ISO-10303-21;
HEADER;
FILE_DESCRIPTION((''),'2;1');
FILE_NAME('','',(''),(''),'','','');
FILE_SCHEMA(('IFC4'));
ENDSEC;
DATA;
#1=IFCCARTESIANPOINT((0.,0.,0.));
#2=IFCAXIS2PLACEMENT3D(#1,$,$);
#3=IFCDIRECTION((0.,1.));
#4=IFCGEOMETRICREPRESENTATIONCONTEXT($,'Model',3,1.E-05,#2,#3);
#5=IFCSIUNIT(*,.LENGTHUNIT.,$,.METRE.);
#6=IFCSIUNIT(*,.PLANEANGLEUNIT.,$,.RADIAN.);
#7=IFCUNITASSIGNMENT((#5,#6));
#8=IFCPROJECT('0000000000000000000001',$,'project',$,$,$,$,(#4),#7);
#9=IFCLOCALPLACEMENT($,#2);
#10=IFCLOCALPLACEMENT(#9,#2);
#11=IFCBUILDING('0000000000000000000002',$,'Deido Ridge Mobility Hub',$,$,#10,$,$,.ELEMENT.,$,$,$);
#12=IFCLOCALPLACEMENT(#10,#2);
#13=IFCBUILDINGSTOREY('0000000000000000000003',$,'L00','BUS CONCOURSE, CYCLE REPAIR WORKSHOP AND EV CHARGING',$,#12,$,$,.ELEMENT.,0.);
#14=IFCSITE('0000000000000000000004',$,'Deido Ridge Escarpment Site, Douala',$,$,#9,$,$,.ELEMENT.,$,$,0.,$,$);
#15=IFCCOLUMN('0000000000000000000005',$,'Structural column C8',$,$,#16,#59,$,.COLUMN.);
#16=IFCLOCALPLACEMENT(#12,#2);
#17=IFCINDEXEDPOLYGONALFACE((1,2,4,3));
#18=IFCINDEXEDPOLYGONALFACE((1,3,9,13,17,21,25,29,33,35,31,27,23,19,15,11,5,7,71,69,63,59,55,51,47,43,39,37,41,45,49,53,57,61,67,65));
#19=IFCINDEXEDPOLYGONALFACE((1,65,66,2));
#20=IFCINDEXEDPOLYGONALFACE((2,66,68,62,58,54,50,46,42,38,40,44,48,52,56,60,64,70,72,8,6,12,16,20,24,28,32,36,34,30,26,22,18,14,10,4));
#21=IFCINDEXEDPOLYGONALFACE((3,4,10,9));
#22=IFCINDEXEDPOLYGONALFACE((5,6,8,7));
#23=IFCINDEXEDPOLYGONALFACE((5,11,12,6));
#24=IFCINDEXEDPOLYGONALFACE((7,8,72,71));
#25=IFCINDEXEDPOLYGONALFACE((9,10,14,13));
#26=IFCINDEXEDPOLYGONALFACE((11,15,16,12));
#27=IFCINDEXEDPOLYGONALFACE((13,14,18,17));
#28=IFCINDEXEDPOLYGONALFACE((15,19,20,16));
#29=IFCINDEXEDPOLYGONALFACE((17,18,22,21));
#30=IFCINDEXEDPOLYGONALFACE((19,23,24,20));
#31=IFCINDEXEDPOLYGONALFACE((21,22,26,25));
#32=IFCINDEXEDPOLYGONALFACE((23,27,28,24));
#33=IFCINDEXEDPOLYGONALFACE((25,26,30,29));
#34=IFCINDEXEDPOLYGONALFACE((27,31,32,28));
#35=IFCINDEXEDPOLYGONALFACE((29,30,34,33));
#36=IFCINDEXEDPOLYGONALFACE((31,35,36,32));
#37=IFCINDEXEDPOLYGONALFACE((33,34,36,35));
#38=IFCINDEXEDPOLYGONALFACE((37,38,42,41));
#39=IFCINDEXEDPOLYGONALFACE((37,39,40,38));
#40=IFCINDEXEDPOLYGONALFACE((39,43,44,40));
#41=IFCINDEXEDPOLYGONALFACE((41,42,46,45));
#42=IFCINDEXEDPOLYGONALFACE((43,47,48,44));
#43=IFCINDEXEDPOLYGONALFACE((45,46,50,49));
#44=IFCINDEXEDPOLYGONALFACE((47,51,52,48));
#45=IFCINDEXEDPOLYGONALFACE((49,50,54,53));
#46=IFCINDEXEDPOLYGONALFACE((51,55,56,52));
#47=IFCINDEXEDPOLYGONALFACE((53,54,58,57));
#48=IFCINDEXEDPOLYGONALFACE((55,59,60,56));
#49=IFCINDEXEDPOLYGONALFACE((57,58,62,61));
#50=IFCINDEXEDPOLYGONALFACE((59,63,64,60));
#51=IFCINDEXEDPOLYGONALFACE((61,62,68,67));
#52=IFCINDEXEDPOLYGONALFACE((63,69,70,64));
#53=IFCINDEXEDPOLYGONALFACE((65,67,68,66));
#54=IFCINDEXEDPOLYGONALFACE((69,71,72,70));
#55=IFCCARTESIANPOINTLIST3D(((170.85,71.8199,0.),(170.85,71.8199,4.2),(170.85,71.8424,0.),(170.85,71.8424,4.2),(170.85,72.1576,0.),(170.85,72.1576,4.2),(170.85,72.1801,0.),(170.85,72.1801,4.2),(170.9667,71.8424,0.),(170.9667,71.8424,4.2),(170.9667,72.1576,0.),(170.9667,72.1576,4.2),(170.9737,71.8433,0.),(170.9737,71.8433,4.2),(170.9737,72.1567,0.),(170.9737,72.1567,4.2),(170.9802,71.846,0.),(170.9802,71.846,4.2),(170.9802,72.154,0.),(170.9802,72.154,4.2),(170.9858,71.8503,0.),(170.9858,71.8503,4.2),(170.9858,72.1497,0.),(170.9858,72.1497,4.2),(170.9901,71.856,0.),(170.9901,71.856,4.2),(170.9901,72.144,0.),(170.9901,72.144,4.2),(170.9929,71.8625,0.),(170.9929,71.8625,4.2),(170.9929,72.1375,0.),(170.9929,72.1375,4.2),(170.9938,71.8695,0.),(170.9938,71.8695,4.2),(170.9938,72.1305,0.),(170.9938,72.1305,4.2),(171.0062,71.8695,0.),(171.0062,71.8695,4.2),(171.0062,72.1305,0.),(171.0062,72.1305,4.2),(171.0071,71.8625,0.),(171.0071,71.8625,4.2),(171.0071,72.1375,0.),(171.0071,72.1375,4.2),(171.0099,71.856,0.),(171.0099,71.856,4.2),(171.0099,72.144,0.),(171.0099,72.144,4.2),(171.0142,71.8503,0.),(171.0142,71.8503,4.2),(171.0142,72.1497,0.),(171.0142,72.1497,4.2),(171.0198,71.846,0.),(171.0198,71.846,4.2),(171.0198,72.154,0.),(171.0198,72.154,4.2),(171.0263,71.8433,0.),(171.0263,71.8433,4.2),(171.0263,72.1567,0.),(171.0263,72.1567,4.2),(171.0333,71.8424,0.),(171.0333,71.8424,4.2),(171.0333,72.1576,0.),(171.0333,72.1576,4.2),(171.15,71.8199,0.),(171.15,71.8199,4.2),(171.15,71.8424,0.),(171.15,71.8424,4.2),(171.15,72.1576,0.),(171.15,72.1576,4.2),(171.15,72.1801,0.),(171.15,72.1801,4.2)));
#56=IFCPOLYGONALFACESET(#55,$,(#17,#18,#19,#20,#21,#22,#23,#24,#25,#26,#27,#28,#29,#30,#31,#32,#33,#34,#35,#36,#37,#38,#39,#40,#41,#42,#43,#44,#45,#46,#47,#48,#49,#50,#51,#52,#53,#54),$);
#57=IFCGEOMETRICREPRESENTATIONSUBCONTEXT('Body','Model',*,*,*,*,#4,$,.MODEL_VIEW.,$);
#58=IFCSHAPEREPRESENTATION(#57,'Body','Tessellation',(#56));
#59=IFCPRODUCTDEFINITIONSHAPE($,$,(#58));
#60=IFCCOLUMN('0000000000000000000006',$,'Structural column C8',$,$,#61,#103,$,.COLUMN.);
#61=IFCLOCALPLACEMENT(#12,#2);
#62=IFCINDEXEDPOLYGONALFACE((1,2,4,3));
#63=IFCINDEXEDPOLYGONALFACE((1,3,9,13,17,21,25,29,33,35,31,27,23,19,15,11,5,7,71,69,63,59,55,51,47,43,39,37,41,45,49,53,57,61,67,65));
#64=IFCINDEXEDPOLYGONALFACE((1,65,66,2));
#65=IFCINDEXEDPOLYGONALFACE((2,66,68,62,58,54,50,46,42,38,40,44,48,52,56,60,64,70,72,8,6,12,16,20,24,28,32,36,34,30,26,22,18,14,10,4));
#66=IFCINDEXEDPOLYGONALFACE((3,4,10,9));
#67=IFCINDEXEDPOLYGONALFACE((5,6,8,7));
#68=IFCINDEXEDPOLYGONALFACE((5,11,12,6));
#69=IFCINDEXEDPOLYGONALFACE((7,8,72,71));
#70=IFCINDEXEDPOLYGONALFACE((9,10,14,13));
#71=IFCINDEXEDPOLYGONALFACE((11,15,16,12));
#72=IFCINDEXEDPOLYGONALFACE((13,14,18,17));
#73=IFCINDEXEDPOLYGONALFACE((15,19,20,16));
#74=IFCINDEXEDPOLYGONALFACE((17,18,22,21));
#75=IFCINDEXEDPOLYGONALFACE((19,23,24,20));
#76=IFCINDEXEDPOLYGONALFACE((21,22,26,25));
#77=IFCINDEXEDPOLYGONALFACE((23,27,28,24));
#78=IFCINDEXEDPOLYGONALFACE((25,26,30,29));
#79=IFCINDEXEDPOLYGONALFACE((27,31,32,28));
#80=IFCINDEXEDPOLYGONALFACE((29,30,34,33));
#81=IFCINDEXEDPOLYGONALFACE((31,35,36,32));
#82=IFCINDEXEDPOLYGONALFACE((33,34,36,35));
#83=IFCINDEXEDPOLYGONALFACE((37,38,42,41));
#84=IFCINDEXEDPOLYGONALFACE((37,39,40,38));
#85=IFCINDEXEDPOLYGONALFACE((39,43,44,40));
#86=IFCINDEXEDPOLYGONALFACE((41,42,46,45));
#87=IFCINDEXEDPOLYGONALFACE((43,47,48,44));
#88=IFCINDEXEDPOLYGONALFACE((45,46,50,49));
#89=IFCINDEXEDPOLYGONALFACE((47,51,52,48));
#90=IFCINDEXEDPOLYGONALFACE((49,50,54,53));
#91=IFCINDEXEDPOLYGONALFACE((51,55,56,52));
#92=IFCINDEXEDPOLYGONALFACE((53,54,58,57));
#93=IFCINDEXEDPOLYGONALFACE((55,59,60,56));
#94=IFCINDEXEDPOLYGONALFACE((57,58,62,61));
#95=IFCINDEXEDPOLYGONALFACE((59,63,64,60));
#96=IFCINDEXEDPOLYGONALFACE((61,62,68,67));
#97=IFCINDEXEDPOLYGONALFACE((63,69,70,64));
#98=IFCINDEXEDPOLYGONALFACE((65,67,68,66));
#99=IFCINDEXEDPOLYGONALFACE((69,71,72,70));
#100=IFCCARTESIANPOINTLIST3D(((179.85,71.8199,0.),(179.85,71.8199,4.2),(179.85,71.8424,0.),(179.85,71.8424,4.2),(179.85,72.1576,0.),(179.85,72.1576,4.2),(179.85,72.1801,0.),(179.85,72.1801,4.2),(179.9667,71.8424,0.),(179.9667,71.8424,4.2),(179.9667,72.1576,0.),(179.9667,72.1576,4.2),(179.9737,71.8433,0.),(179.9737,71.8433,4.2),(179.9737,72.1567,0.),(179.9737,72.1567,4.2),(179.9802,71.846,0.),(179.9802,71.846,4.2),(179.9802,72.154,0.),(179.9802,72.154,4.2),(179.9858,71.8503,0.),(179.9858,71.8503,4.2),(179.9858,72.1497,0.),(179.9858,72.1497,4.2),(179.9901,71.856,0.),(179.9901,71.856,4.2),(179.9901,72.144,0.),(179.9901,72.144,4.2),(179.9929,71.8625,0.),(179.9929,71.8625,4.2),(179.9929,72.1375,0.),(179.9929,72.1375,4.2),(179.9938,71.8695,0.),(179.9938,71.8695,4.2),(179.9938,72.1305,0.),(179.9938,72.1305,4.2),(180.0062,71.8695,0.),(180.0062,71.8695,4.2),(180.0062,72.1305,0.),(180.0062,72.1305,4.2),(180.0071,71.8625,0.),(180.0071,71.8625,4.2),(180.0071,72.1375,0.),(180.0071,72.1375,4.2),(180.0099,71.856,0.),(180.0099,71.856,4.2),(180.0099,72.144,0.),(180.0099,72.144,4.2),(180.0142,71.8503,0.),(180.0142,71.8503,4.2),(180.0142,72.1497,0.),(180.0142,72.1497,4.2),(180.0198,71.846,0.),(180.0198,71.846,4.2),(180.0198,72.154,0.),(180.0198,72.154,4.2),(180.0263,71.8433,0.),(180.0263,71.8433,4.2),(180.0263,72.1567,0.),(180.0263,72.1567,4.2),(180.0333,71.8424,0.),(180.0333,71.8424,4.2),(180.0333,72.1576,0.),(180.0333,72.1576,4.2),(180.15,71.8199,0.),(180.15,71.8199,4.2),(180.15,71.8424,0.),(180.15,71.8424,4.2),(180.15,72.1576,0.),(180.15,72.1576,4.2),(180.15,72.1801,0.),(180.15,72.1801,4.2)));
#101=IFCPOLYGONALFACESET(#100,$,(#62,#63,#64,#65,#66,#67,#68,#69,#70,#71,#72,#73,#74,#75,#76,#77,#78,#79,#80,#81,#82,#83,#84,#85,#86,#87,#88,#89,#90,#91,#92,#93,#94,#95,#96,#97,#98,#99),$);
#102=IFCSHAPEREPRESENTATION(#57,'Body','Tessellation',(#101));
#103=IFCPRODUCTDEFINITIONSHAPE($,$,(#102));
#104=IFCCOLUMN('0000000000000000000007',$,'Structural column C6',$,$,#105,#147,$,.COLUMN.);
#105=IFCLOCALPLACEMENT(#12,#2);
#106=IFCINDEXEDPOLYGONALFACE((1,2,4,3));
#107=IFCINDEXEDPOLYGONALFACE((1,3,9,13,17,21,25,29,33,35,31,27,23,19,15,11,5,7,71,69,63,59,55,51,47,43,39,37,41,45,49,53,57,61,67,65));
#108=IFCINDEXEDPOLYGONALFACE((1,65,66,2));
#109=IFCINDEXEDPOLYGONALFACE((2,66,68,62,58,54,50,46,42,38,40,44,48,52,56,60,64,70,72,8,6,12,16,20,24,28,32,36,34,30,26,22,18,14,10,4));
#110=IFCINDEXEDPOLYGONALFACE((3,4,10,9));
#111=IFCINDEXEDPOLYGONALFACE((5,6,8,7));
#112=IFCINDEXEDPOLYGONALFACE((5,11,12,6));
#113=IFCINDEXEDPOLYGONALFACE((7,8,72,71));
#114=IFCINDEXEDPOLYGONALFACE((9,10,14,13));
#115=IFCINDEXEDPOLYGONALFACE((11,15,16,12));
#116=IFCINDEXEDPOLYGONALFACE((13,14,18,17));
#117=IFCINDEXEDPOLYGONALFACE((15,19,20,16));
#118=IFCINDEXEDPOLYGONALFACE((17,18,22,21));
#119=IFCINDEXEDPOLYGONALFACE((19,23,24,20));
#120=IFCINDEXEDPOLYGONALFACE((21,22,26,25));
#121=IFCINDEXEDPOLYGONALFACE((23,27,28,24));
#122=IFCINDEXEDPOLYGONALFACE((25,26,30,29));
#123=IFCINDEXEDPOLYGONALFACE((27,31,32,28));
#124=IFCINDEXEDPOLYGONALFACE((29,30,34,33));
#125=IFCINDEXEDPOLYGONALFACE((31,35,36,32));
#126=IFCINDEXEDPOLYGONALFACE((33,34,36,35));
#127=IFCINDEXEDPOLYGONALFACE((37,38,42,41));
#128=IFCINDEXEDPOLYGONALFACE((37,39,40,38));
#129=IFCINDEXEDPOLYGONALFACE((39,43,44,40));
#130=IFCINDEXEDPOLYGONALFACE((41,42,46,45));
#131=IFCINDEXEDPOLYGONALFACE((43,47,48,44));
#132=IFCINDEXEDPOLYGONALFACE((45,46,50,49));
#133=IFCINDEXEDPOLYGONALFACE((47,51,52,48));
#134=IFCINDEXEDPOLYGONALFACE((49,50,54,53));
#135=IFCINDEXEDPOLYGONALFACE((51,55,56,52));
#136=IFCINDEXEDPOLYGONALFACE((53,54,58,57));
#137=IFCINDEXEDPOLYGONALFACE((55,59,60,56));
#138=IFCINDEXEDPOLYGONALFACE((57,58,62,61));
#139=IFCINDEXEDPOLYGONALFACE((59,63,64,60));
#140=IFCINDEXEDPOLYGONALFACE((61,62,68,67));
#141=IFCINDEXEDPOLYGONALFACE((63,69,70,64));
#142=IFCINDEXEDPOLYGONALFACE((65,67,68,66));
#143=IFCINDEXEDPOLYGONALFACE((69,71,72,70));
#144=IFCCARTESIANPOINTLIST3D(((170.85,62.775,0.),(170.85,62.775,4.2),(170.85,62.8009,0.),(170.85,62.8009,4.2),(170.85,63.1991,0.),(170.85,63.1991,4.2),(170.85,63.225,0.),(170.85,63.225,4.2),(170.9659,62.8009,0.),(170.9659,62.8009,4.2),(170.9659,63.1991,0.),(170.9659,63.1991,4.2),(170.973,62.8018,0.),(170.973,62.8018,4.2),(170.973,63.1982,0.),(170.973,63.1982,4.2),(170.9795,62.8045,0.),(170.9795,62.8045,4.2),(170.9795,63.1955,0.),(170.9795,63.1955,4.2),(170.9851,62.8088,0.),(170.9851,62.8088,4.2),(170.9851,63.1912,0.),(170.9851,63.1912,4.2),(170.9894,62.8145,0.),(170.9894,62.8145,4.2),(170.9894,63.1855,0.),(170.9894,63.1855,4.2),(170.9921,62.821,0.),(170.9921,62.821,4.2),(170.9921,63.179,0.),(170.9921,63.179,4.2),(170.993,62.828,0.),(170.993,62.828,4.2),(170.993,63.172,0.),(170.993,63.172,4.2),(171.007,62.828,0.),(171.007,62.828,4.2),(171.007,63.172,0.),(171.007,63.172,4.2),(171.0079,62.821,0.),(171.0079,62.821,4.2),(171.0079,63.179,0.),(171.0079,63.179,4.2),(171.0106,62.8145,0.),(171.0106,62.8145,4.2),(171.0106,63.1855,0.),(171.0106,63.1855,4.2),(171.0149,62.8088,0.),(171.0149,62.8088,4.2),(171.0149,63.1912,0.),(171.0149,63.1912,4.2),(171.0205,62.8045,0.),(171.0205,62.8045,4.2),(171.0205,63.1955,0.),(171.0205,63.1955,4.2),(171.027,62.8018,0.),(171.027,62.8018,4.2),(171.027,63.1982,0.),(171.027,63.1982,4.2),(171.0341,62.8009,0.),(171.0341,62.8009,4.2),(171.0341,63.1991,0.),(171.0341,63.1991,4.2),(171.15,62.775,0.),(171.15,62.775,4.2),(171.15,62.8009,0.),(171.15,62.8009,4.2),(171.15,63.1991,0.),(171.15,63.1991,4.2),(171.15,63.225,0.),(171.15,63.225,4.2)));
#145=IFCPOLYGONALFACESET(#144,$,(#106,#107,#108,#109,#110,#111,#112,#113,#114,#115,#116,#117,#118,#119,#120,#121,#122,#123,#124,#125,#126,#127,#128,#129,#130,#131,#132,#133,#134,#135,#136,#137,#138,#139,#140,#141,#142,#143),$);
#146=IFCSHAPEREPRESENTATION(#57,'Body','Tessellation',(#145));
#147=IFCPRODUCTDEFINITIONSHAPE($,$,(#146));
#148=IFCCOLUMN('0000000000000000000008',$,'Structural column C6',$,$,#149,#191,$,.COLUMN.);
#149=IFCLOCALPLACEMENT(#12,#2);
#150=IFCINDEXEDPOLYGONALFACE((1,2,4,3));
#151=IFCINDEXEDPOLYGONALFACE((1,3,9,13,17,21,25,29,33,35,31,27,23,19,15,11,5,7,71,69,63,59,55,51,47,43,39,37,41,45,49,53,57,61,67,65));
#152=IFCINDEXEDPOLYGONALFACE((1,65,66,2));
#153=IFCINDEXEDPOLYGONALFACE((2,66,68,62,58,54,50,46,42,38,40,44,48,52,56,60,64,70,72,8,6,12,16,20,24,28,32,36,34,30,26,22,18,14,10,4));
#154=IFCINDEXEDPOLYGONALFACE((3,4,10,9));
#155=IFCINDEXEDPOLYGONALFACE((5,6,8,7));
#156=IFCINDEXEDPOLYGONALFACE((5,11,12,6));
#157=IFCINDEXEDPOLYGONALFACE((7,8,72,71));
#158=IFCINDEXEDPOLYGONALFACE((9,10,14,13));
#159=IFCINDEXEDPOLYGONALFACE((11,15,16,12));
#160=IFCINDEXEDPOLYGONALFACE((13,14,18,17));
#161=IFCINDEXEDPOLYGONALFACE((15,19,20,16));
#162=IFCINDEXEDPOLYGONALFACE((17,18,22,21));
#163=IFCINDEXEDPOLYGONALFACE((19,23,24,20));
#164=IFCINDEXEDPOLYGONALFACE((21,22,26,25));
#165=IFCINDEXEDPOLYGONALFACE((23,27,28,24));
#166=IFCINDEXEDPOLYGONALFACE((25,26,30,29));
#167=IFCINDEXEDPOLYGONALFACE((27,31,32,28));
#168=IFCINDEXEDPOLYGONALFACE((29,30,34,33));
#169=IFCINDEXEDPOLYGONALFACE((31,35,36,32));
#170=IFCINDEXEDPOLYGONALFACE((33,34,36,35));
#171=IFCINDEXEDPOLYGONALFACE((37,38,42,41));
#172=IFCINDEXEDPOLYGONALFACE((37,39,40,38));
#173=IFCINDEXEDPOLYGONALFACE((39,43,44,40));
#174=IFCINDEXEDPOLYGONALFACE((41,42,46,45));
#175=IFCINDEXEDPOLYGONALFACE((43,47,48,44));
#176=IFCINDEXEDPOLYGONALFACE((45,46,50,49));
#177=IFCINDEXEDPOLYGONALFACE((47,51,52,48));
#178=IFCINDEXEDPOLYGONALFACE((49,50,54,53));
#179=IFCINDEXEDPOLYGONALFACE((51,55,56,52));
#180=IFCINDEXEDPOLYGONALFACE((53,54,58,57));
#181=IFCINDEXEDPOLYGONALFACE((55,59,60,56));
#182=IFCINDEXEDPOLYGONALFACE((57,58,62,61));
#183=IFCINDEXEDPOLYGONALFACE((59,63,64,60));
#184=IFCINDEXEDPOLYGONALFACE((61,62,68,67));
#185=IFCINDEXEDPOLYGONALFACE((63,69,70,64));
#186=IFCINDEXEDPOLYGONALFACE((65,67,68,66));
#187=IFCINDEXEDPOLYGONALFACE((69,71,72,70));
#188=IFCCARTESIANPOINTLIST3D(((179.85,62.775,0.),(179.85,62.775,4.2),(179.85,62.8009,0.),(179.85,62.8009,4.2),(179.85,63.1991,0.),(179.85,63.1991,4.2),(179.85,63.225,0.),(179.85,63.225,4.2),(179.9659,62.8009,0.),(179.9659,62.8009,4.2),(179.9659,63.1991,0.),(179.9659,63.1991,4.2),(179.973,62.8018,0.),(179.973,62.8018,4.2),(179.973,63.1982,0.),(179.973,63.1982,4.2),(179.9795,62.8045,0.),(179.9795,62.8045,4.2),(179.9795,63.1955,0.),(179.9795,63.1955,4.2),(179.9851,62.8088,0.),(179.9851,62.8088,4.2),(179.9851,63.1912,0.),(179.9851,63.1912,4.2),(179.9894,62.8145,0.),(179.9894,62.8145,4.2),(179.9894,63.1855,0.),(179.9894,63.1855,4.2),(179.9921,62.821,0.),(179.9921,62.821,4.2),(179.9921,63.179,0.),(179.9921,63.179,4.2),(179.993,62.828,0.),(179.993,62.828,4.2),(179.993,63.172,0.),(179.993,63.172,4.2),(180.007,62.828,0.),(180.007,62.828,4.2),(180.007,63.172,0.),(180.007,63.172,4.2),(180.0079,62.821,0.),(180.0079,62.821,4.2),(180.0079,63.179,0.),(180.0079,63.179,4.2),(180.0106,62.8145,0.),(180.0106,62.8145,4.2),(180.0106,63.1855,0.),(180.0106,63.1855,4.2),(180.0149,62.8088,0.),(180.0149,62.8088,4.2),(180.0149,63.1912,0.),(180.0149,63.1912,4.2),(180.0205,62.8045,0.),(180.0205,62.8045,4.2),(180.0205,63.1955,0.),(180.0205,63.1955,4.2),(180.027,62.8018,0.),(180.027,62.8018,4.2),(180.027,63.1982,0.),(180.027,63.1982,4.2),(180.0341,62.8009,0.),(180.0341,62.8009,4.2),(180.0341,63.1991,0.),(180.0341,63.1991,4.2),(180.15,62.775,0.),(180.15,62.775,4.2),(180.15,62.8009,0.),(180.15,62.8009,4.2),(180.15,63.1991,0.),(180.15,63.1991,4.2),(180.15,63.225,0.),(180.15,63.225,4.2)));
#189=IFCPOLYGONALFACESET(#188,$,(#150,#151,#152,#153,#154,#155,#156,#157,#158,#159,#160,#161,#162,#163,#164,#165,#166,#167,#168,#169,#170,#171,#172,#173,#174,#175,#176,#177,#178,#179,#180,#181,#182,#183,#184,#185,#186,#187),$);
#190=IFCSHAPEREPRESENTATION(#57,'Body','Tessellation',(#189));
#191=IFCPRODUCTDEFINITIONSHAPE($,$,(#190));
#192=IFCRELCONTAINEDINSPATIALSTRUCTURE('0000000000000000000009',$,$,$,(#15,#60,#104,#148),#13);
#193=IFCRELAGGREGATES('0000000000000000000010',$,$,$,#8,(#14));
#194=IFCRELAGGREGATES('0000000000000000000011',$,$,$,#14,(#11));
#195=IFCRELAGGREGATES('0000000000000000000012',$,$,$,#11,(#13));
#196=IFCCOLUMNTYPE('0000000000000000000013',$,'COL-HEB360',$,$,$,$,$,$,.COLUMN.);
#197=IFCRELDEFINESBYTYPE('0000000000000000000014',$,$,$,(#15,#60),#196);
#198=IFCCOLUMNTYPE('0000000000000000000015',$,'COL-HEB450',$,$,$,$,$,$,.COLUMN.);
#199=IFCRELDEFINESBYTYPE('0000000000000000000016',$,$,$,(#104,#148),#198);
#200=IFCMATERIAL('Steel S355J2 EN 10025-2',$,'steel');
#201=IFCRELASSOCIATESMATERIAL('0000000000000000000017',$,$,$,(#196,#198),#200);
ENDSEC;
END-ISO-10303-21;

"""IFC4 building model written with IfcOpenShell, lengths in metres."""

from ifc_helpers import new_model, si_unit, direction, frame, origin, origin_2d, place, context, subcontext, project, spatial, i_section, extrude, material, material_profile, profile_set, type_object, element, save


model = new_model("IFC4")

# Units and contexts
model_context = context("Model", 3, precision=1e-05, world=origin(), true_north=direction((0.0, 1.0)))
body_context = subcontext(model_context, "Body", "Model", "MODEL_VIEW")
ifc_project = project(units=[si_unit("LENGTHUNIT", "METRE"), si_unit("PLANEANGLEUNIT", "RADIAN")], contexts=[model_context])

# Site, building, storey
site_placement = place(None, origin())
site = spatial("IfcSite", under=ifc_project, at=site_placement, Name="Deido Ridge Escarpment Site, Douala", CompositionType="ELEMENT", RefElevation=0.0)
building_placement = place(site_placement, origin())
building = spatial("IfcBuilding", under=site, at=building_placement, Name="Deido Ridge Mobility Hub", CompositionType="ELEMENT")
storey_placement = place(building_placement, origin())
storey = spatial("IfcBuildingStorey", under=building, at=storey_placement, Name="L00", Description="BUS CONCOURSE, CYCLE REPAIR WORKSHOP AND EV CHARGING", CompositionType="ELEMENT", Elevation=0.0)

# Columns
ifc_material_1 = material(Name="Steel S355J2 EN 10025-2", Category="steel")
ifc_material_profile_1 = material_profile(ifc_material_1, i_section(OverallWidth=0.3, OverallDepth=0.3601, WebThickness=0.0125, FlangeThickness=0.0225, FilletRadius=0.0271, at=origin_2d()), Name="HEB 360")
ifc_profile_set_1 = profile_set([ifc_material_profile_1], Name="Steel S355J2 EN 10025-2")
column_type_1 = type_object("IfcColumnType", Name="COL-HEB360", PredefinedType="COLUMN", material=ifc_profile_set_1)
for number, where, z_axis, x_axis, name in (
    (1, (171.0, 72.0, 0.0), (0.0, 0.0, 1.0), (1.0, 0.0, 0.0), "Structural column C8"),
    (2, (180.0, 72.0, 0.0), (0.0, 0.0, 1.0), (1.0, 0.0, 0.0), "Structural column C8"),
):
    element("IfcColumn", number, at=place(storey_placement, frame(where, z_axis=z_axis, x_axis=x_axis)), inside=storey, type_object=column_type_1, Name=name, PredefinedType="COLUMN", context=body_context, shape_type="SweptSolid", body=[
        extrude(i_section(OverallWidth=0.3, OverallDepth=0.3601, WebThickness=0.0125, FlangeThickness=0.0225, FilletRadius=0.0271, at=origin_2d()), origin(), (0.0, 0.0, 1.0), 4.2),
    ])
ifc_material_profile_2 = material_profile(ifc_material_1, i_section(OverallWidth=0.3, OverallDepth=0.45, WebThickness=0.0139, FlangeThickness=0.0259, FilletRadius=0.0271, at=origin_2d()), Name="HEB 450")
ifc_profile_set_2 = profile_set([ifc_material_profile_2], Name="Steel S355J2 EN 10025-2")
column_type_2 = type_object("IfcColumnType", Name="COL-HEB450", PredefinedType="COLUMN", material=ifc_profile_set_2)
for number, where, z_axis, x_axis, name in (
    (3, (171.0, 63.0, 0.0), (0.0, 0.0, 1.0), (1.0, 0.0, 0.0), "Structural column C6"),
    (4, (180.0, 63.0, 0.0), (0.0, 0.0, 1.0), (1.0, 0.0, 0.0), "Structural column C6"),
):
    element("IfcColumn", number, at=place(storey_placement, frame(where, z_axis=z_axis, x_axis=x_axis)), inside=storey, type_object=column_type_2, Name=name, PredefinedType="COLUMN", context=body_context, shape_type="SweptSolid", body=[
        extrude(i_section(OverallWidth=0.3, OverallDepth=0.45, WebThickness=0.0139, FlangeThickness=0.0259, FilletRadius=0.0271, at=origin_2d()), origin(), (0.0, 0.0, 1.0), 4.2),
    ])

save(model, "model.ifc")
